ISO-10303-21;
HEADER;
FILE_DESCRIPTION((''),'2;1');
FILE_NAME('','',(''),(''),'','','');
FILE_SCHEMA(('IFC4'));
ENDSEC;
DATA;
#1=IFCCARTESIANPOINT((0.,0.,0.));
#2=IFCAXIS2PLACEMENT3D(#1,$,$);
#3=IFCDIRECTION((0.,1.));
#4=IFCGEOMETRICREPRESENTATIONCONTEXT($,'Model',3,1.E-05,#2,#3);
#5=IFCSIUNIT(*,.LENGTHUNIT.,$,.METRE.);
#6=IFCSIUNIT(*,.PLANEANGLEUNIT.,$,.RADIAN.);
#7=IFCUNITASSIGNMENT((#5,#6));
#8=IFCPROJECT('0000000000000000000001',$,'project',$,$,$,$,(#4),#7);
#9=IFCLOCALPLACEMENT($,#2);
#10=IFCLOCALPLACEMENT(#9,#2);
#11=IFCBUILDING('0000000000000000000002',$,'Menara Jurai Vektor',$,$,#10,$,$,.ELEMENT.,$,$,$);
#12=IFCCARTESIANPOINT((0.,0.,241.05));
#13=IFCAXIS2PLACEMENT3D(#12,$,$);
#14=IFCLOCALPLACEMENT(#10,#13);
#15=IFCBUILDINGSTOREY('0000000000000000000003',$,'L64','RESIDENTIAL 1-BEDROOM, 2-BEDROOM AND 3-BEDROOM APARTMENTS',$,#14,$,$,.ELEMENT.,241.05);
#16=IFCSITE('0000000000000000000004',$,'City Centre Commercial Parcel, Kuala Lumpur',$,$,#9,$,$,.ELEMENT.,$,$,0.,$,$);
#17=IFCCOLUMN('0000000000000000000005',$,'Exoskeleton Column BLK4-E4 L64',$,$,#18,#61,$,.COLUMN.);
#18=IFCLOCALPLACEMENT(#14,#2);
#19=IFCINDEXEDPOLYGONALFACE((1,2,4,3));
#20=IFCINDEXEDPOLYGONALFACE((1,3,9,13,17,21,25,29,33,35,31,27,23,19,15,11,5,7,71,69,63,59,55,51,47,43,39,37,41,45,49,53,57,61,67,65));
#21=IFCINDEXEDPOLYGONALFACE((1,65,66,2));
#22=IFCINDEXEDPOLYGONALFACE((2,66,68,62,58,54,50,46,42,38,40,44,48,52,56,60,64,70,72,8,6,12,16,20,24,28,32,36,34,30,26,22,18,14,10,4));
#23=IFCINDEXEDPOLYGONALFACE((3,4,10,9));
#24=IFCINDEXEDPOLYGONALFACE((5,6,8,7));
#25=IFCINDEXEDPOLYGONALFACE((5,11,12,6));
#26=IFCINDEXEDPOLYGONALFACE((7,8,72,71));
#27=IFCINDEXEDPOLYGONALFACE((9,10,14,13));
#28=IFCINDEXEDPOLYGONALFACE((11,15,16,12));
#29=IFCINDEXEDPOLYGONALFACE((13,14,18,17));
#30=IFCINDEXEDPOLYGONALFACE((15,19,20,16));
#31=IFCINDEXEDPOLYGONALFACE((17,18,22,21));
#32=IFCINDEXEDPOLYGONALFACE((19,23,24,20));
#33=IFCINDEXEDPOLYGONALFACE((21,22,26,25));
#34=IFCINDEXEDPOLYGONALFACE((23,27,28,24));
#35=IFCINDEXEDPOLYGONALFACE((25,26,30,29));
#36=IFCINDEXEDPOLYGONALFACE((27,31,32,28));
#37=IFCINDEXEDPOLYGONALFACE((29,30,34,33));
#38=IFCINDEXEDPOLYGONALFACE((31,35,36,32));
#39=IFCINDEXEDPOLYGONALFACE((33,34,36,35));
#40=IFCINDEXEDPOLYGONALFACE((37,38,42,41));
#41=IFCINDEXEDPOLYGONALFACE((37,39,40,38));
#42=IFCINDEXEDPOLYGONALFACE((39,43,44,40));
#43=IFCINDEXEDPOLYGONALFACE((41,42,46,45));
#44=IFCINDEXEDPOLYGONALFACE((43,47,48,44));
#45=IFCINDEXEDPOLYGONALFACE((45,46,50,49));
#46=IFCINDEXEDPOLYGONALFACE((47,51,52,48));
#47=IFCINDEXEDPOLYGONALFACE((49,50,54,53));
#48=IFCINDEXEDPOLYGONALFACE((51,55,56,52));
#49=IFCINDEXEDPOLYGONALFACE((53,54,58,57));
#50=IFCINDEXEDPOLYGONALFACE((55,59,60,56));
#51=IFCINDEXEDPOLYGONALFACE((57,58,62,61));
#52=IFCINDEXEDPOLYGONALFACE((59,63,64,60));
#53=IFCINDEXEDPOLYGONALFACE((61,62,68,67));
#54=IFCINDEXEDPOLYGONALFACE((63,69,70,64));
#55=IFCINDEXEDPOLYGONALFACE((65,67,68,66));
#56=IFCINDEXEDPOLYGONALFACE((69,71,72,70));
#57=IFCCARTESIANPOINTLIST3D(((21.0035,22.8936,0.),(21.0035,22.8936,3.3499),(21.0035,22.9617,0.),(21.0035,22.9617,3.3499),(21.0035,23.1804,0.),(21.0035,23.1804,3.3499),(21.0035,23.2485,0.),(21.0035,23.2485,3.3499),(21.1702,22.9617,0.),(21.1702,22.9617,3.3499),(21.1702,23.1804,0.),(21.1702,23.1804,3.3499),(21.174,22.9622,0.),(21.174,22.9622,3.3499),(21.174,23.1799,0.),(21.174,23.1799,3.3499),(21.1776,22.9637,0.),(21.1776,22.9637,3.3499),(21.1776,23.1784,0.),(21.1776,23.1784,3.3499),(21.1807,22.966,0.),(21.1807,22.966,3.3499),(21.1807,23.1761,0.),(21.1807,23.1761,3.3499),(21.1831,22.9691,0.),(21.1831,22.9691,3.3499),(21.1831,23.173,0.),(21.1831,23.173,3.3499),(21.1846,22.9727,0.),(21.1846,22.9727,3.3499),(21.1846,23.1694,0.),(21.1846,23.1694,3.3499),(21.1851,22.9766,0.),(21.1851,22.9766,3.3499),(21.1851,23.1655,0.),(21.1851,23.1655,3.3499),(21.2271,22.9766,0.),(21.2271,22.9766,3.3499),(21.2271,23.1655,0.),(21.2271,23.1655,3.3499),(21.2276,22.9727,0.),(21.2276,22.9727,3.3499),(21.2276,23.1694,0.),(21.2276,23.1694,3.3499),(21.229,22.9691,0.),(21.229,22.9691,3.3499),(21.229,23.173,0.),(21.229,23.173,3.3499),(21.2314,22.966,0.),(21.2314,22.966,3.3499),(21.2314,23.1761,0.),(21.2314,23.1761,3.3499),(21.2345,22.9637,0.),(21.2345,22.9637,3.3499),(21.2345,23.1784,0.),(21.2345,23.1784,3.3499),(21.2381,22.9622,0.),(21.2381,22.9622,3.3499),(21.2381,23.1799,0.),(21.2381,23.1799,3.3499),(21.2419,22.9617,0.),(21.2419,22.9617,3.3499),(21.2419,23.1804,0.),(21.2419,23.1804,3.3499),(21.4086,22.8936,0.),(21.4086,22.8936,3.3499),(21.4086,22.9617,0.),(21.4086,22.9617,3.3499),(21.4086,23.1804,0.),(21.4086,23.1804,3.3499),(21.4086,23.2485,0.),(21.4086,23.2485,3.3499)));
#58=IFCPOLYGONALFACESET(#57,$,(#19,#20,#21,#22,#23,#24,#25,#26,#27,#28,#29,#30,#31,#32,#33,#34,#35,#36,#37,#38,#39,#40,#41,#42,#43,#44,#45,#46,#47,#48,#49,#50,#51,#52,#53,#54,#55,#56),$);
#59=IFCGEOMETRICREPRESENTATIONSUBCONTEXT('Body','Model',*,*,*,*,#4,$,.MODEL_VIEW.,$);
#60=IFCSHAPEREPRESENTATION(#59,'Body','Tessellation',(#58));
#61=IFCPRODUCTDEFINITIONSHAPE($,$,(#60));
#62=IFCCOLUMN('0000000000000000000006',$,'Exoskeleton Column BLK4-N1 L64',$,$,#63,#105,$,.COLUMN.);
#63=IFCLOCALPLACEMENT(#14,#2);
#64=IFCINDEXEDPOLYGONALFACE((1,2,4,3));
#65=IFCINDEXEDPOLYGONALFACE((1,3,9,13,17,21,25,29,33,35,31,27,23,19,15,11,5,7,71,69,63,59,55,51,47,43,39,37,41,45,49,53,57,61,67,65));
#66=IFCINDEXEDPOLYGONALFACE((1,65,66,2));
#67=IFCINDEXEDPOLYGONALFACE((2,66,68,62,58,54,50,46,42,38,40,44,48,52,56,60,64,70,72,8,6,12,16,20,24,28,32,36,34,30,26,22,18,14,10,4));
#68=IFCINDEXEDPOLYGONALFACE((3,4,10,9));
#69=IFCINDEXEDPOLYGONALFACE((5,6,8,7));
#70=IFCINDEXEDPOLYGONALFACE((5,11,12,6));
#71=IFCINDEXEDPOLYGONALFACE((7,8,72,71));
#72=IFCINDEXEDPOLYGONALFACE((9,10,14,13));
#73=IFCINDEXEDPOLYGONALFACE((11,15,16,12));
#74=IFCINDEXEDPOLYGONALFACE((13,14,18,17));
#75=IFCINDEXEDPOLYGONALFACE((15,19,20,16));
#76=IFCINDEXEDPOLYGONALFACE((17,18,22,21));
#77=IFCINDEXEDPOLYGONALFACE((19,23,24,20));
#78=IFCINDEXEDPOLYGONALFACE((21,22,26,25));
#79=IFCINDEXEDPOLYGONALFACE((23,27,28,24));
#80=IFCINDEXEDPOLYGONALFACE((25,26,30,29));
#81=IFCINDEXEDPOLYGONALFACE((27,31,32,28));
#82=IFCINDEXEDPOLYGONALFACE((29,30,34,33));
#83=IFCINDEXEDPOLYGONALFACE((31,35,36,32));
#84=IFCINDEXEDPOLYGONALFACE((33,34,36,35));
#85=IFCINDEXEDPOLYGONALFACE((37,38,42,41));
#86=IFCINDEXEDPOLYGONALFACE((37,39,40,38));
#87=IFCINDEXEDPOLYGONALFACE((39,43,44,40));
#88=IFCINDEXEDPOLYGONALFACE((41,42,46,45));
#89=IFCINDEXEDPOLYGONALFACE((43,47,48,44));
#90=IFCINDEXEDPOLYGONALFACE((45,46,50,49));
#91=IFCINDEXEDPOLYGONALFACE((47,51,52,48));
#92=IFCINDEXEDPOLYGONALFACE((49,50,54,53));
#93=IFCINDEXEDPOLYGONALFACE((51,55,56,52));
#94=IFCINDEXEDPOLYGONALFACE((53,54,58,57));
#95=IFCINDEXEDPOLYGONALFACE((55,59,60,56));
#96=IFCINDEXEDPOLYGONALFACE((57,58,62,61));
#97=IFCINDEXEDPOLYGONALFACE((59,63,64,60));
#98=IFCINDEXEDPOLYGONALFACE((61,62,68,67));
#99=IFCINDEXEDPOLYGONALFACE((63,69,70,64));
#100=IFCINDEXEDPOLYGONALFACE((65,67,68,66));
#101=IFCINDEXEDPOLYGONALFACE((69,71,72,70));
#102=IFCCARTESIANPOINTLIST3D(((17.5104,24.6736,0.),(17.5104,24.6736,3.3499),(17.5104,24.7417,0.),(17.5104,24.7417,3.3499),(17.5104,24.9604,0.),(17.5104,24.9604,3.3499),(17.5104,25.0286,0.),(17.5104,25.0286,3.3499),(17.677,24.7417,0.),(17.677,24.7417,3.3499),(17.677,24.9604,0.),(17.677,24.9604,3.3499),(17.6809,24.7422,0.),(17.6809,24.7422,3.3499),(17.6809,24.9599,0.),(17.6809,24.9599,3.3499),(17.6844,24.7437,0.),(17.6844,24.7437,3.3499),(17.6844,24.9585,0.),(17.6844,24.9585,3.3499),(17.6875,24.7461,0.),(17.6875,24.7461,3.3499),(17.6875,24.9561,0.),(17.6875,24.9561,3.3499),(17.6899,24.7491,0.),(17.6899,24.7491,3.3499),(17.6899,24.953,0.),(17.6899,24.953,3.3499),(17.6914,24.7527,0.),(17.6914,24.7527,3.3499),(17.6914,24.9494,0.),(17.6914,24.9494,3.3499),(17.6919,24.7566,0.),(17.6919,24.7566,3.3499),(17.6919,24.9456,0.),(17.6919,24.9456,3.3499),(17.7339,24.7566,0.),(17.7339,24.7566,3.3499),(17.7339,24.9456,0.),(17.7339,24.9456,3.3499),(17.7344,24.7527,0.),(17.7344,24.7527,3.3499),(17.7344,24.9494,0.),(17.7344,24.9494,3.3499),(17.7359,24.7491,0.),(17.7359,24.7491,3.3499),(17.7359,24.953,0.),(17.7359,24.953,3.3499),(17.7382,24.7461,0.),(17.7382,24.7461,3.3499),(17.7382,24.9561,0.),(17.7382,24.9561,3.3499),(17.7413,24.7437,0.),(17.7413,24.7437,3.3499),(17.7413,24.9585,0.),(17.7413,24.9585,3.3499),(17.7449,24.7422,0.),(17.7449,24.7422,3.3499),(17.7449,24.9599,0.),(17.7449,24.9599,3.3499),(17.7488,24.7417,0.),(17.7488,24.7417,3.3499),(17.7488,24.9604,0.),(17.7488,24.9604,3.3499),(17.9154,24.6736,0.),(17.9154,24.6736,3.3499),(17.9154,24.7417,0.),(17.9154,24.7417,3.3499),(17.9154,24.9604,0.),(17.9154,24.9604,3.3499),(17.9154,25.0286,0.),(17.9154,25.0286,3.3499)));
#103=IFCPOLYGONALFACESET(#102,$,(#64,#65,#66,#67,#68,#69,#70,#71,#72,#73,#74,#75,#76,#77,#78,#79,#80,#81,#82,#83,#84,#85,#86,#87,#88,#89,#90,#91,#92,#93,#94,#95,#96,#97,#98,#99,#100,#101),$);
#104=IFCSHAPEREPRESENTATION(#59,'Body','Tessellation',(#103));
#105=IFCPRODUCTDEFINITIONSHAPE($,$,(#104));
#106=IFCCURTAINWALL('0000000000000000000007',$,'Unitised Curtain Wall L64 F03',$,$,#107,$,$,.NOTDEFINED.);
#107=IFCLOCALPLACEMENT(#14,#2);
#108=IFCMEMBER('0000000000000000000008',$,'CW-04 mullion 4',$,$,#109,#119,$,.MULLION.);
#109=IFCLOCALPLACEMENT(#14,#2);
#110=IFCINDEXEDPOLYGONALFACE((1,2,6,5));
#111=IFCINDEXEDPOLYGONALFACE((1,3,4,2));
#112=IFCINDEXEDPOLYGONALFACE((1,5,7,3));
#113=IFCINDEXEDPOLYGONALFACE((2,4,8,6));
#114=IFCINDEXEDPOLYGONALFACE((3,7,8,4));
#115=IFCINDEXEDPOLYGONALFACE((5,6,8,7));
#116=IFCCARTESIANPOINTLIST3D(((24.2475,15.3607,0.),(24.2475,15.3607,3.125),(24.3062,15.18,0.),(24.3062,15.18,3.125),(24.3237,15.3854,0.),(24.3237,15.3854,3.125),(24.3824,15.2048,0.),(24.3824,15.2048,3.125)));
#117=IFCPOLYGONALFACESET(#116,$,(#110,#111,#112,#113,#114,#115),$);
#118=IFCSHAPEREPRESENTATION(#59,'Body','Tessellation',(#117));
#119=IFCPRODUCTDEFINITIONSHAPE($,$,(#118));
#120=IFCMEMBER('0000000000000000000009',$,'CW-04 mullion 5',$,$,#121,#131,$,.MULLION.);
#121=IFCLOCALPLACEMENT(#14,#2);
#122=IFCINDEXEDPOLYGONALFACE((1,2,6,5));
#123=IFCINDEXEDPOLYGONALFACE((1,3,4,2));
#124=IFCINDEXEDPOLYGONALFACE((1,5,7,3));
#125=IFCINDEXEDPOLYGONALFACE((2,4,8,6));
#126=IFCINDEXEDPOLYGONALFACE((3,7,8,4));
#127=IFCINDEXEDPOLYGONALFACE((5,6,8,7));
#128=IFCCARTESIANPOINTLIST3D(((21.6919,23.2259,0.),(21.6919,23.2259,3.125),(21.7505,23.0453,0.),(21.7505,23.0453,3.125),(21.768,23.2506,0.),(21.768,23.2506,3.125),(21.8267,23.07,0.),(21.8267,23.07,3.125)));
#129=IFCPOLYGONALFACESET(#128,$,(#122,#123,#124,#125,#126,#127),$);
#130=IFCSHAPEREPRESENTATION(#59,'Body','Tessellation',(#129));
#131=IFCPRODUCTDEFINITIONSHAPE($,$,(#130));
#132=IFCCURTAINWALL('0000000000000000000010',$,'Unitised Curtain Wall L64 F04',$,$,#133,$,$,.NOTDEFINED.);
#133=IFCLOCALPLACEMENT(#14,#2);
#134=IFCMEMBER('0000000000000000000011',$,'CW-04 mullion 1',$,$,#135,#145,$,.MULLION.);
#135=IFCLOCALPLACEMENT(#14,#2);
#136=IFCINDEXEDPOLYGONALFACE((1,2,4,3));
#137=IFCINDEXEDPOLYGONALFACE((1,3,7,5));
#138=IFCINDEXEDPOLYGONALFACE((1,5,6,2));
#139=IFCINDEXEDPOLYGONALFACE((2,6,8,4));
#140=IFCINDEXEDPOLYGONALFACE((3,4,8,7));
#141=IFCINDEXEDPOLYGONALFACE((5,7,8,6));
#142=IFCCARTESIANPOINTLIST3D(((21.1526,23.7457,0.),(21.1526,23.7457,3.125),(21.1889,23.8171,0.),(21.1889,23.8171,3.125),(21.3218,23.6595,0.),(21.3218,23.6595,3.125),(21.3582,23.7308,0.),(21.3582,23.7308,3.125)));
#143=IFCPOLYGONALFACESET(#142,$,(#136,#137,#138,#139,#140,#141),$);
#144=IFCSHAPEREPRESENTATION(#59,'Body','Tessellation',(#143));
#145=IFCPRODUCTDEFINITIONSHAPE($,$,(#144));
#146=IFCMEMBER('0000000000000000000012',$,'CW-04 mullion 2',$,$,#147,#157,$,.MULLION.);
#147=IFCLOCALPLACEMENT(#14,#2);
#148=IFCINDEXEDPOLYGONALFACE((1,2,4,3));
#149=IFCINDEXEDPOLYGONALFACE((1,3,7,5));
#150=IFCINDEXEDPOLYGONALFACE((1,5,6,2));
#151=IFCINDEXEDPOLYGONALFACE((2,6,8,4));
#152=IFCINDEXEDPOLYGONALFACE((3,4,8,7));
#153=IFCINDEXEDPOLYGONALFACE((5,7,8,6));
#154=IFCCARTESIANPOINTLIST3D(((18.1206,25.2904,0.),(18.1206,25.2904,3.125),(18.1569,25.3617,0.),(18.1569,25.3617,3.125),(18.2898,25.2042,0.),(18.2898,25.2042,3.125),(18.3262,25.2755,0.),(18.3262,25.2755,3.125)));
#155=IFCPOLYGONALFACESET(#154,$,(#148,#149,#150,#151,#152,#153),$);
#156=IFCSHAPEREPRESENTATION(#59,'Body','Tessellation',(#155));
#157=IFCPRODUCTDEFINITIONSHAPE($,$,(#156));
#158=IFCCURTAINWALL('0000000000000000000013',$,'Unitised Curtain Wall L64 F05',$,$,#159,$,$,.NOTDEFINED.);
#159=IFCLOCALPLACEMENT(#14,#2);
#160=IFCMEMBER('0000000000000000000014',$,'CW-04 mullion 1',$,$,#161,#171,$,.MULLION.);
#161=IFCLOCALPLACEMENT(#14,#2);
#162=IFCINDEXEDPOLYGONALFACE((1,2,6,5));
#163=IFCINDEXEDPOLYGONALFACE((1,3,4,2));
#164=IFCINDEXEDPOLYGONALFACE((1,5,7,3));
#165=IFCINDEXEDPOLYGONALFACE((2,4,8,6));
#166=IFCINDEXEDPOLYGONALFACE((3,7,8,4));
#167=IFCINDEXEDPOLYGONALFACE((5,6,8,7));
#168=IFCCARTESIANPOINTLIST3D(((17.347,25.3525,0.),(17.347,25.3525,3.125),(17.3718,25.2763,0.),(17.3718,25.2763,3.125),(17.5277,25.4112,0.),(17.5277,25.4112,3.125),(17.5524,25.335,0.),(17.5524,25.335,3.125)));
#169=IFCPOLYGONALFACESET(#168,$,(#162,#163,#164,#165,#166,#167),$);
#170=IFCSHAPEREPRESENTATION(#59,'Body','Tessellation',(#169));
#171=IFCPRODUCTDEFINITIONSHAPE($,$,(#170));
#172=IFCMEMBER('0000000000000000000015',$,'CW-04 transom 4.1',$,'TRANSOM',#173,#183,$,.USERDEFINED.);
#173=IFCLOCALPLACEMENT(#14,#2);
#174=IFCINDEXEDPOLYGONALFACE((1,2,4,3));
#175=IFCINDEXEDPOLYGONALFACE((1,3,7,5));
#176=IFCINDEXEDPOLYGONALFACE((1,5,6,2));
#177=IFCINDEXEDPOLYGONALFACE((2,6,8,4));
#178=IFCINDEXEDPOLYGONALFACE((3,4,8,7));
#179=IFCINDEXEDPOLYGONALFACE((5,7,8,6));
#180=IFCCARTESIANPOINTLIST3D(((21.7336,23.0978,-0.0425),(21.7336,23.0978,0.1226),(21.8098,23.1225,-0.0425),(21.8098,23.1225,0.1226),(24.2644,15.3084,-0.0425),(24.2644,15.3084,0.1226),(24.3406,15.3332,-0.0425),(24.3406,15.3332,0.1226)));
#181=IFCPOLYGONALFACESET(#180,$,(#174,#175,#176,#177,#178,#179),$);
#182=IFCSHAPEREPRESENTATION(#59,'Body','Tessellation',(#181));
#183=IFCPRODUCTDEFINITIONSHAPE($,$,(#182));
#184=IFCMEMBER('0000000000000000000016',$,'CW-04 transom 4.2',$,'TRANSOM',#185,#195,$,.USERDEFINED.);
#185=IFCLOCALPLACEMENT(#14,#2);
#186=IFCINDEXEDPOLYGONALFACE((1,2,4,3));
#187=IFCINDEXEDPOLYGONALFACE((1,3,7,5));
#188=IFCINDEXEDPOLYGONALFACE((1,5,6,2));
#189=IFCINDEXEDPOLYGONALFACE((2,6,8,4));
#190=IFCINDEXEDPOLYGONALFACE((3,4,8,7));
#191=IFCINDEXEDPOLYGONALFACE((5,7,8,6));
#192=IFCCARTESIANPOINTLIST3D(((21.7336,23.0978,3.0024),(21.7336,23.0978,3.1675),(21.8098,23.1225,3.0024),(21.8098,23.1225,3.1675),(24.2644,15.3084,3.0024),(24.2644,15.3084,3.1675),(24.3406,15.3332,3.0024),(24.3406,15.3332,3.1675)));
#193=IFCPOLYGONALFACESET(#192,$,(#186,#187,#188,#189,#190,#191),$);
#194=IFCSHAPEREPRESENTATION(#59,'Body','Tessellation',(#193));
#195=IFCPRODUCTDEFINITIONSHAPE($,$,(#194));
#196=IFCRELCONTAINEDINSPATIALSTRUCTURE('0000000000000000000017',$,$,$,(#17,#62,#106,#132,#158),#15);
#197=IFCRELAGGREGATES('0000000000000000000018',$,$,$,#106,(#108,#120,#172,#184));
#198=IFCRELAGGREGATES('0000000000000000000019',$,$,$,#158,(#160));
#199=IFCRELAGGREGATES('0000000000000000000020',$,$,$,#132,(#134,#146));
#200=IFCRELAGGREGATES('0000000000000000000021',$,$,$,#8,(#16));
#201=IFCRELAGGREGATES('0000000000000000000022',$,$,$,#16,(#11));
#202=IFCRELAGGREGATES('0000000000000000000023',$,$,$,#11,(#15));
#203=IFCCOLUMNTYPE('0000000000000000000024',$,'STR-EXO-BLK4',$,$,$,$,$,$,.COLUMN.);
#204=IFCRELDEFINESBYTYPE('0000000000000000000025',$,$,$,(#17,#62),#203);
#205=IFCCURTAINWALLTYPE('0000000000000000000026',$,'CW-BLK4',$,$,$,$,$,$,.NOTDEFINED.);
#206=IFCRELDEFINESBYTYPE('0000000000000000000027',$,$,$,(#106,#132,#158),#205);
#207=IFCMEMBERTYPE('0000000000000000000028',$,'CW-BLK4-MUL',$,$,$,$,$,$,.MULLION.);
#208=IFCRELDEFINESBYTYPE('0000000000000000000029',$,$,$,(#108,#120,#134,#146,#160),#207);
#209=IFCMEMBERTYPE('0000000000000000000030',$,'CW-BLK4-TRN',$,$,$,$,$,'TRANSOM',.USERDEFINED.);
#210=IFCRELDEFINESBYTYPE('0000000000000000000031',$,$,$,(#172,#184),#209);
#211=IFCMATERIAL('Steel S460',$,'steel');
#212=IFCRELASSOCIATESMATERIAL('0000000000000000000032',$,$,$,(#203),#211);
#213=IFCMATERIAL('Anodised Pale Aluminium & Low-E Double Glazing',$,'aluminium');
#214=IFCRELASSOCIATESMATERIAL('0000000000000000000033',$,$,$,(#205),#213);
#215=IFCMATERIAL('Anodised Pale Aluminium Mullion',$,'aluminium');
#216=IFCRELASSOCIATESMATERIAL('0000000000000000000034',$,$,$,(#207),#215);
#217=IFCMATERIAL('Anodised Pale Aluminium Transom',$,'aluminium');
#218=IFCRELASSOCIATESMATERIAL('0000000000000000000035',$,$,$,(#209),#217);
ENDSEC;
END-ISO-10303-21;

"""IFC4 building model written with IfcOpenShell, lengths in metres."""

from ifc_helpers import new_model, si_unit, direction, frame, origin, origin_2d, place, context, subcontext, project, spatial, rectangle, i_section, extrude, material, material_profile, profile_set, type_object, element, aggregate, save


model = new_model("IFC4")

# Units and contexts
model_context = context("Model", 3, precision=1e-05, world=origin(), true_north=direction((0.0, 1.0)))
body_context = subcontext(model_context, "Body", "Model", "MODEL_VIEW")
ifc_project = project(units=[si_unit("LENGTHUNIT", "METRE"), si_unit("PLANEANGLEUNIT", "RADIAN")], contexts=[model_context])

# Site, building, storey
site_placement = place(None, origin())
site = spatial("IfcSite", under=ifc_project, at=site_placement, Name="City Centre Commercial Parcel, Kuala Lumpur", CompositionType="ELEMENT", RefElevation=0.0)
building_placement = place(site_placement, origin())
building = spatial("IfcBuilding", under=site, at=building_placement, Name="Menara Jurai Vektor", CompositionType="ELEMENT")
storey_placement = place(building_placement, frame((0.0, 0.0, 241.05)))
storey = spatial("IfcBuildingStorey", under=building, at=storey_placement, Name="L64", Description="RESIDENTIAL 1-BEDROOM, 2-BEDROOM AND 3-BEDROOM APARTMENTS", CompositionType="ELEMENT", Elevation=241.05)

# Columns
ifc_material_1 = material(Name="Steel S460", Category="steel")
ifc_material_profile_1 = material_profile(ifc_material_1, i_section(OverallWidth=0.405, OverallDepth=0.355, WebThickness=0.042, FlangeThickness=0.0681, FilletRadius=0.0149, at=origin_2d()), Name="HD 400x551")
ifc_profile_set_1 = profile_set([ifc_material_profile_1], Name="Steel S460")
column_type = type_object("IfcColumnType", Name="STR-EXO-BLK4", PredefinedType="COLUMN", material=ifc_profile_set_1)
for number, where, z_axis, x_axis, name in (
    (1, (21.2061, 23.071, 0.0), (0.0, 0.0, 1.0), (1.0, 0.0, 0.0), "Exoskeleton Column BLK4-E4 L64"),
    (2, (17.7129, 24.8511, 0.0), (0.0, 0.0, 1.0), (1.0, 0.0, 0.0), "Exoskeleton Column BLK4-N1 L64"),
):
    element("IfcColumn", number, at=place(storey_placement, frame(where, z_axis=z_axis, x_axis=x_axis)), inside=storey, type_object=column_type, Name=name, PredefinedType="COLUMN", context=body_context, shape_type="SweptSolid", body=[
        extrude(i_section(OverallWidth=0.405, OverallDepth=0.355, WebThickness=0.042, FlangeThickness=0.0681, FilletRadius=0.0149, at=origin_2d()), origin(), (0.0, 0.0, 1.0), 3.3499),
    ])

# Curtain walls, members
ifc_material_2 = material(Name="Anodised Pale Aluminium & Low-E Double Glazing", Category="aluminium")
curtain_wall_type = type_object("IfcCurtainWallType", Name="CW-BLK4", PredefinedType="NOTDEFINED", material=ifc_material_2)
curtain_wall_1_placement = place(storey_placement, origin())
curtain_wall_1 = element("IfcCurtainWall", 3, at=curtain_wall_1_placement, inside=storey, type_object=curtain_wall_type, Name="Unitised Curtain Wall L64 F03", PredefinedType="NOTDEFINED")
ifc_material_3 = material(Name="Anodised Pale Aluminium Mullion", Category="aluminium")
ifc_material_profile_2 = material_profile(ifc_material_3, rectangle(XDim=0.0801, YDim=0.1899, at=origin_2d()), Name="ALU MUL 80x190")
ifc_profile_set_2 = profile_set([ifc_material_profile_2], Name="Anodised Pale Aluminium Mullion")
member_type_1 = type_object("IfcMemberType", Name="CW-BLK4-MUL", PredefinedType="MULLION", material=ifc_profile_set_2)
member_1_placement = place(storey_placement, frame((24.3149, 15.2827, 0.0), z_axis=(0.0, 0.0, 1.0), x_axis=(-0.951057, -0.309016, 0.0)))
member_1 = element("IfcMember", 4, at=member_1_placement, type_object=member_type_1, Name="CW-04 mullion 4", PredefinedType="MULLION", context=body_context, shape_type="SweptSolid", body=[
    extrude(rectangle(XDim=0.0801, YDim=0.1899, at=origin_2d()), origin(), (0.0, 0.0, 1.0), 3.125),
])
member_2_placement = place(storey_placement, frame((21.7593, 23.1479, 0.0), z_axis=(0.0, 0.0, 1.0), x_axis=(-0.951057, -0.309016, 0.0)))
member_2 = element("IfcMember", 5, at=member_2_placement, type_object=member_type_1, Name="CW-04 mullion 5", PredefinedType="MULLION", context=body_context, shape_type="SweptSolid", body=[
    extrude(rectangle(XDim=0.0801, YDim=0.1899, at=origin_2d()), origin(), (0.0, 0.0, 1.0), 3.125),
])
curtain_wall_2_placement = place(storey_placement, origin())
curtain_wall_2 = element("IfcCurtainWall", 6, at=curtain_wall_2_placement, inside=storey, type_object=curtain_wall_type, Name="Unitised Curtain Wall L64 F04", PredefinedType="NOTDEFINED")
member_3_placement = place(storey_placement, frame((21.2554, 23.7383, 0.0), z_axis=(0.0, 0.0, 1.0), x_axis=(-0.453989, -0.891008, 0.0)))
member_3 = element("IfcMember", 7, at=member_3_placement, type_object=member_type_1, Name="CW-04 mullion 1", PredefinedType="MULLION", context=body_context, shape_type="SweptSolid", body=[
    extrude(rectangle(XDim=0.0801, YDim=0.1899, at=origin_2d()), origin(), (0.0, 0.0, 1.0), 3.125),
])
member_4_placement = place(storey_placement, frame((18.2234, 25.283, 0.0), z_axis=(0.0, 0.0, 1.0), x_axis=(-0.453989, -0.891008, 0.0)))
member_4 = element("IfcMember", 8, at=member_4_placement, type_object=member_type_1, Name="CW-04 mullion 2", PredefinedType="MULLION", context=body_context, shape_type="SweptSolid", body=[
    extrude(rectangle(XDim=0.0801, YDim=0.1899, at=origin_2d()), origin(), (0.0, 0.0, 1.0), 3.125),
])

# Curtain wall, member
curtain_wall_3_placement = place(storey_placement, origin())
curtain_wall_3 = element("IfcCurtainWall", 9, at=curtain_wall_3_placement, inside=storey, type_object=curtain_wall_type, Name="Unitised Curtain Wall L64 F05", PredefinedType="NOTDEFINED")
member_5_placement = place(storey_placement, frame((17.4497, 25.3438, 0.0), z_axis=(0.0, 0.0, 1.0), x_axis=(0.309017, -0.951056, 0.0)))
member_5 = element("IfcMember", 10, at=member_5_placement, type_object=member_type_1, Name="CW-04 mullion 1", PredefinedType="MULLION", context=body_context, shape_type="SweptSolid", body=[
    extrude(rectangle(XDim=0.0801, YDim=0.1899, at=origin_2d()), origin(), (0.0, 0.0, 1.0), 3.125),
])

# Members
ifc_material_4 = material(Name="Anodised Pale Aluminium Transom", Category="aluminium")
ifc_material_profile_3 = material_profile(ifc_material_4, rectangle(XDim=0.0801, YDim=0.165, at=origin_2d()), Name="ALU TRN 80x165")
ifc_profile_set_3 = profile_set([ifc_material_profile_3], Name="Anodised Pale Aluminium Transom")
member_type_2 = type_object("IfcMemberType", Name="CW-BLK4-TRN", ElementType="TRANSOM", PredefinedType="USERDEFINED", material=ifc_profile_set_3)
member_6_placement = place(storey_placement, frame((24.3025, 15.3208, 0.04), z_axis=(-0.309002, 0.951061, 0.0), x_axis=(-0.951061, -0.309002, 0.0)))
member_6 = element("IfcMember", 11, at=member_6_placement, type_object=member_type_2, Name="CW-04 transom 4.1", ObjectType="TRANSOM", PredefinedType="USERDEFINED", context=body_context, shape_type="SweptSolid", body=[
    extrude(rectangle(XDim=0.0801, YDim=0.165, at=origin_2d()), origin(), (0.0, 0.0, 1.0), 8.1902),
])
member_7_placement = place(storey_placement, frame((24.3025, 15.3208, 3.085), z_axis=(-0.309002, 0.951061, 0.0), x_axis=(-0.951061, -0.309002, 0.0)))
member_7 = element("IfcMember", 12, at=member_7_placement, type_object=member_type_2, Name="CW-04 transom 4.2", ObjectType="TRANSOM", PredefinedType="USERDEFINED", context=body_context, shape_type="SweptSolid", body=[
    extrude(rectangle(XDim=0.0801, YDim=0.165, at=origin_2d()), origin(), (0.0, 0.0, 1.0), 8.1902),
])

aggregate(curtain_wall_1, [member_1, member_2, member_6, member_7])
aggregate(curtain_wall_3, [member_5])
aggregate(curtain_wall_2, [member_3, member_4])

save(model, "model.ifc")
